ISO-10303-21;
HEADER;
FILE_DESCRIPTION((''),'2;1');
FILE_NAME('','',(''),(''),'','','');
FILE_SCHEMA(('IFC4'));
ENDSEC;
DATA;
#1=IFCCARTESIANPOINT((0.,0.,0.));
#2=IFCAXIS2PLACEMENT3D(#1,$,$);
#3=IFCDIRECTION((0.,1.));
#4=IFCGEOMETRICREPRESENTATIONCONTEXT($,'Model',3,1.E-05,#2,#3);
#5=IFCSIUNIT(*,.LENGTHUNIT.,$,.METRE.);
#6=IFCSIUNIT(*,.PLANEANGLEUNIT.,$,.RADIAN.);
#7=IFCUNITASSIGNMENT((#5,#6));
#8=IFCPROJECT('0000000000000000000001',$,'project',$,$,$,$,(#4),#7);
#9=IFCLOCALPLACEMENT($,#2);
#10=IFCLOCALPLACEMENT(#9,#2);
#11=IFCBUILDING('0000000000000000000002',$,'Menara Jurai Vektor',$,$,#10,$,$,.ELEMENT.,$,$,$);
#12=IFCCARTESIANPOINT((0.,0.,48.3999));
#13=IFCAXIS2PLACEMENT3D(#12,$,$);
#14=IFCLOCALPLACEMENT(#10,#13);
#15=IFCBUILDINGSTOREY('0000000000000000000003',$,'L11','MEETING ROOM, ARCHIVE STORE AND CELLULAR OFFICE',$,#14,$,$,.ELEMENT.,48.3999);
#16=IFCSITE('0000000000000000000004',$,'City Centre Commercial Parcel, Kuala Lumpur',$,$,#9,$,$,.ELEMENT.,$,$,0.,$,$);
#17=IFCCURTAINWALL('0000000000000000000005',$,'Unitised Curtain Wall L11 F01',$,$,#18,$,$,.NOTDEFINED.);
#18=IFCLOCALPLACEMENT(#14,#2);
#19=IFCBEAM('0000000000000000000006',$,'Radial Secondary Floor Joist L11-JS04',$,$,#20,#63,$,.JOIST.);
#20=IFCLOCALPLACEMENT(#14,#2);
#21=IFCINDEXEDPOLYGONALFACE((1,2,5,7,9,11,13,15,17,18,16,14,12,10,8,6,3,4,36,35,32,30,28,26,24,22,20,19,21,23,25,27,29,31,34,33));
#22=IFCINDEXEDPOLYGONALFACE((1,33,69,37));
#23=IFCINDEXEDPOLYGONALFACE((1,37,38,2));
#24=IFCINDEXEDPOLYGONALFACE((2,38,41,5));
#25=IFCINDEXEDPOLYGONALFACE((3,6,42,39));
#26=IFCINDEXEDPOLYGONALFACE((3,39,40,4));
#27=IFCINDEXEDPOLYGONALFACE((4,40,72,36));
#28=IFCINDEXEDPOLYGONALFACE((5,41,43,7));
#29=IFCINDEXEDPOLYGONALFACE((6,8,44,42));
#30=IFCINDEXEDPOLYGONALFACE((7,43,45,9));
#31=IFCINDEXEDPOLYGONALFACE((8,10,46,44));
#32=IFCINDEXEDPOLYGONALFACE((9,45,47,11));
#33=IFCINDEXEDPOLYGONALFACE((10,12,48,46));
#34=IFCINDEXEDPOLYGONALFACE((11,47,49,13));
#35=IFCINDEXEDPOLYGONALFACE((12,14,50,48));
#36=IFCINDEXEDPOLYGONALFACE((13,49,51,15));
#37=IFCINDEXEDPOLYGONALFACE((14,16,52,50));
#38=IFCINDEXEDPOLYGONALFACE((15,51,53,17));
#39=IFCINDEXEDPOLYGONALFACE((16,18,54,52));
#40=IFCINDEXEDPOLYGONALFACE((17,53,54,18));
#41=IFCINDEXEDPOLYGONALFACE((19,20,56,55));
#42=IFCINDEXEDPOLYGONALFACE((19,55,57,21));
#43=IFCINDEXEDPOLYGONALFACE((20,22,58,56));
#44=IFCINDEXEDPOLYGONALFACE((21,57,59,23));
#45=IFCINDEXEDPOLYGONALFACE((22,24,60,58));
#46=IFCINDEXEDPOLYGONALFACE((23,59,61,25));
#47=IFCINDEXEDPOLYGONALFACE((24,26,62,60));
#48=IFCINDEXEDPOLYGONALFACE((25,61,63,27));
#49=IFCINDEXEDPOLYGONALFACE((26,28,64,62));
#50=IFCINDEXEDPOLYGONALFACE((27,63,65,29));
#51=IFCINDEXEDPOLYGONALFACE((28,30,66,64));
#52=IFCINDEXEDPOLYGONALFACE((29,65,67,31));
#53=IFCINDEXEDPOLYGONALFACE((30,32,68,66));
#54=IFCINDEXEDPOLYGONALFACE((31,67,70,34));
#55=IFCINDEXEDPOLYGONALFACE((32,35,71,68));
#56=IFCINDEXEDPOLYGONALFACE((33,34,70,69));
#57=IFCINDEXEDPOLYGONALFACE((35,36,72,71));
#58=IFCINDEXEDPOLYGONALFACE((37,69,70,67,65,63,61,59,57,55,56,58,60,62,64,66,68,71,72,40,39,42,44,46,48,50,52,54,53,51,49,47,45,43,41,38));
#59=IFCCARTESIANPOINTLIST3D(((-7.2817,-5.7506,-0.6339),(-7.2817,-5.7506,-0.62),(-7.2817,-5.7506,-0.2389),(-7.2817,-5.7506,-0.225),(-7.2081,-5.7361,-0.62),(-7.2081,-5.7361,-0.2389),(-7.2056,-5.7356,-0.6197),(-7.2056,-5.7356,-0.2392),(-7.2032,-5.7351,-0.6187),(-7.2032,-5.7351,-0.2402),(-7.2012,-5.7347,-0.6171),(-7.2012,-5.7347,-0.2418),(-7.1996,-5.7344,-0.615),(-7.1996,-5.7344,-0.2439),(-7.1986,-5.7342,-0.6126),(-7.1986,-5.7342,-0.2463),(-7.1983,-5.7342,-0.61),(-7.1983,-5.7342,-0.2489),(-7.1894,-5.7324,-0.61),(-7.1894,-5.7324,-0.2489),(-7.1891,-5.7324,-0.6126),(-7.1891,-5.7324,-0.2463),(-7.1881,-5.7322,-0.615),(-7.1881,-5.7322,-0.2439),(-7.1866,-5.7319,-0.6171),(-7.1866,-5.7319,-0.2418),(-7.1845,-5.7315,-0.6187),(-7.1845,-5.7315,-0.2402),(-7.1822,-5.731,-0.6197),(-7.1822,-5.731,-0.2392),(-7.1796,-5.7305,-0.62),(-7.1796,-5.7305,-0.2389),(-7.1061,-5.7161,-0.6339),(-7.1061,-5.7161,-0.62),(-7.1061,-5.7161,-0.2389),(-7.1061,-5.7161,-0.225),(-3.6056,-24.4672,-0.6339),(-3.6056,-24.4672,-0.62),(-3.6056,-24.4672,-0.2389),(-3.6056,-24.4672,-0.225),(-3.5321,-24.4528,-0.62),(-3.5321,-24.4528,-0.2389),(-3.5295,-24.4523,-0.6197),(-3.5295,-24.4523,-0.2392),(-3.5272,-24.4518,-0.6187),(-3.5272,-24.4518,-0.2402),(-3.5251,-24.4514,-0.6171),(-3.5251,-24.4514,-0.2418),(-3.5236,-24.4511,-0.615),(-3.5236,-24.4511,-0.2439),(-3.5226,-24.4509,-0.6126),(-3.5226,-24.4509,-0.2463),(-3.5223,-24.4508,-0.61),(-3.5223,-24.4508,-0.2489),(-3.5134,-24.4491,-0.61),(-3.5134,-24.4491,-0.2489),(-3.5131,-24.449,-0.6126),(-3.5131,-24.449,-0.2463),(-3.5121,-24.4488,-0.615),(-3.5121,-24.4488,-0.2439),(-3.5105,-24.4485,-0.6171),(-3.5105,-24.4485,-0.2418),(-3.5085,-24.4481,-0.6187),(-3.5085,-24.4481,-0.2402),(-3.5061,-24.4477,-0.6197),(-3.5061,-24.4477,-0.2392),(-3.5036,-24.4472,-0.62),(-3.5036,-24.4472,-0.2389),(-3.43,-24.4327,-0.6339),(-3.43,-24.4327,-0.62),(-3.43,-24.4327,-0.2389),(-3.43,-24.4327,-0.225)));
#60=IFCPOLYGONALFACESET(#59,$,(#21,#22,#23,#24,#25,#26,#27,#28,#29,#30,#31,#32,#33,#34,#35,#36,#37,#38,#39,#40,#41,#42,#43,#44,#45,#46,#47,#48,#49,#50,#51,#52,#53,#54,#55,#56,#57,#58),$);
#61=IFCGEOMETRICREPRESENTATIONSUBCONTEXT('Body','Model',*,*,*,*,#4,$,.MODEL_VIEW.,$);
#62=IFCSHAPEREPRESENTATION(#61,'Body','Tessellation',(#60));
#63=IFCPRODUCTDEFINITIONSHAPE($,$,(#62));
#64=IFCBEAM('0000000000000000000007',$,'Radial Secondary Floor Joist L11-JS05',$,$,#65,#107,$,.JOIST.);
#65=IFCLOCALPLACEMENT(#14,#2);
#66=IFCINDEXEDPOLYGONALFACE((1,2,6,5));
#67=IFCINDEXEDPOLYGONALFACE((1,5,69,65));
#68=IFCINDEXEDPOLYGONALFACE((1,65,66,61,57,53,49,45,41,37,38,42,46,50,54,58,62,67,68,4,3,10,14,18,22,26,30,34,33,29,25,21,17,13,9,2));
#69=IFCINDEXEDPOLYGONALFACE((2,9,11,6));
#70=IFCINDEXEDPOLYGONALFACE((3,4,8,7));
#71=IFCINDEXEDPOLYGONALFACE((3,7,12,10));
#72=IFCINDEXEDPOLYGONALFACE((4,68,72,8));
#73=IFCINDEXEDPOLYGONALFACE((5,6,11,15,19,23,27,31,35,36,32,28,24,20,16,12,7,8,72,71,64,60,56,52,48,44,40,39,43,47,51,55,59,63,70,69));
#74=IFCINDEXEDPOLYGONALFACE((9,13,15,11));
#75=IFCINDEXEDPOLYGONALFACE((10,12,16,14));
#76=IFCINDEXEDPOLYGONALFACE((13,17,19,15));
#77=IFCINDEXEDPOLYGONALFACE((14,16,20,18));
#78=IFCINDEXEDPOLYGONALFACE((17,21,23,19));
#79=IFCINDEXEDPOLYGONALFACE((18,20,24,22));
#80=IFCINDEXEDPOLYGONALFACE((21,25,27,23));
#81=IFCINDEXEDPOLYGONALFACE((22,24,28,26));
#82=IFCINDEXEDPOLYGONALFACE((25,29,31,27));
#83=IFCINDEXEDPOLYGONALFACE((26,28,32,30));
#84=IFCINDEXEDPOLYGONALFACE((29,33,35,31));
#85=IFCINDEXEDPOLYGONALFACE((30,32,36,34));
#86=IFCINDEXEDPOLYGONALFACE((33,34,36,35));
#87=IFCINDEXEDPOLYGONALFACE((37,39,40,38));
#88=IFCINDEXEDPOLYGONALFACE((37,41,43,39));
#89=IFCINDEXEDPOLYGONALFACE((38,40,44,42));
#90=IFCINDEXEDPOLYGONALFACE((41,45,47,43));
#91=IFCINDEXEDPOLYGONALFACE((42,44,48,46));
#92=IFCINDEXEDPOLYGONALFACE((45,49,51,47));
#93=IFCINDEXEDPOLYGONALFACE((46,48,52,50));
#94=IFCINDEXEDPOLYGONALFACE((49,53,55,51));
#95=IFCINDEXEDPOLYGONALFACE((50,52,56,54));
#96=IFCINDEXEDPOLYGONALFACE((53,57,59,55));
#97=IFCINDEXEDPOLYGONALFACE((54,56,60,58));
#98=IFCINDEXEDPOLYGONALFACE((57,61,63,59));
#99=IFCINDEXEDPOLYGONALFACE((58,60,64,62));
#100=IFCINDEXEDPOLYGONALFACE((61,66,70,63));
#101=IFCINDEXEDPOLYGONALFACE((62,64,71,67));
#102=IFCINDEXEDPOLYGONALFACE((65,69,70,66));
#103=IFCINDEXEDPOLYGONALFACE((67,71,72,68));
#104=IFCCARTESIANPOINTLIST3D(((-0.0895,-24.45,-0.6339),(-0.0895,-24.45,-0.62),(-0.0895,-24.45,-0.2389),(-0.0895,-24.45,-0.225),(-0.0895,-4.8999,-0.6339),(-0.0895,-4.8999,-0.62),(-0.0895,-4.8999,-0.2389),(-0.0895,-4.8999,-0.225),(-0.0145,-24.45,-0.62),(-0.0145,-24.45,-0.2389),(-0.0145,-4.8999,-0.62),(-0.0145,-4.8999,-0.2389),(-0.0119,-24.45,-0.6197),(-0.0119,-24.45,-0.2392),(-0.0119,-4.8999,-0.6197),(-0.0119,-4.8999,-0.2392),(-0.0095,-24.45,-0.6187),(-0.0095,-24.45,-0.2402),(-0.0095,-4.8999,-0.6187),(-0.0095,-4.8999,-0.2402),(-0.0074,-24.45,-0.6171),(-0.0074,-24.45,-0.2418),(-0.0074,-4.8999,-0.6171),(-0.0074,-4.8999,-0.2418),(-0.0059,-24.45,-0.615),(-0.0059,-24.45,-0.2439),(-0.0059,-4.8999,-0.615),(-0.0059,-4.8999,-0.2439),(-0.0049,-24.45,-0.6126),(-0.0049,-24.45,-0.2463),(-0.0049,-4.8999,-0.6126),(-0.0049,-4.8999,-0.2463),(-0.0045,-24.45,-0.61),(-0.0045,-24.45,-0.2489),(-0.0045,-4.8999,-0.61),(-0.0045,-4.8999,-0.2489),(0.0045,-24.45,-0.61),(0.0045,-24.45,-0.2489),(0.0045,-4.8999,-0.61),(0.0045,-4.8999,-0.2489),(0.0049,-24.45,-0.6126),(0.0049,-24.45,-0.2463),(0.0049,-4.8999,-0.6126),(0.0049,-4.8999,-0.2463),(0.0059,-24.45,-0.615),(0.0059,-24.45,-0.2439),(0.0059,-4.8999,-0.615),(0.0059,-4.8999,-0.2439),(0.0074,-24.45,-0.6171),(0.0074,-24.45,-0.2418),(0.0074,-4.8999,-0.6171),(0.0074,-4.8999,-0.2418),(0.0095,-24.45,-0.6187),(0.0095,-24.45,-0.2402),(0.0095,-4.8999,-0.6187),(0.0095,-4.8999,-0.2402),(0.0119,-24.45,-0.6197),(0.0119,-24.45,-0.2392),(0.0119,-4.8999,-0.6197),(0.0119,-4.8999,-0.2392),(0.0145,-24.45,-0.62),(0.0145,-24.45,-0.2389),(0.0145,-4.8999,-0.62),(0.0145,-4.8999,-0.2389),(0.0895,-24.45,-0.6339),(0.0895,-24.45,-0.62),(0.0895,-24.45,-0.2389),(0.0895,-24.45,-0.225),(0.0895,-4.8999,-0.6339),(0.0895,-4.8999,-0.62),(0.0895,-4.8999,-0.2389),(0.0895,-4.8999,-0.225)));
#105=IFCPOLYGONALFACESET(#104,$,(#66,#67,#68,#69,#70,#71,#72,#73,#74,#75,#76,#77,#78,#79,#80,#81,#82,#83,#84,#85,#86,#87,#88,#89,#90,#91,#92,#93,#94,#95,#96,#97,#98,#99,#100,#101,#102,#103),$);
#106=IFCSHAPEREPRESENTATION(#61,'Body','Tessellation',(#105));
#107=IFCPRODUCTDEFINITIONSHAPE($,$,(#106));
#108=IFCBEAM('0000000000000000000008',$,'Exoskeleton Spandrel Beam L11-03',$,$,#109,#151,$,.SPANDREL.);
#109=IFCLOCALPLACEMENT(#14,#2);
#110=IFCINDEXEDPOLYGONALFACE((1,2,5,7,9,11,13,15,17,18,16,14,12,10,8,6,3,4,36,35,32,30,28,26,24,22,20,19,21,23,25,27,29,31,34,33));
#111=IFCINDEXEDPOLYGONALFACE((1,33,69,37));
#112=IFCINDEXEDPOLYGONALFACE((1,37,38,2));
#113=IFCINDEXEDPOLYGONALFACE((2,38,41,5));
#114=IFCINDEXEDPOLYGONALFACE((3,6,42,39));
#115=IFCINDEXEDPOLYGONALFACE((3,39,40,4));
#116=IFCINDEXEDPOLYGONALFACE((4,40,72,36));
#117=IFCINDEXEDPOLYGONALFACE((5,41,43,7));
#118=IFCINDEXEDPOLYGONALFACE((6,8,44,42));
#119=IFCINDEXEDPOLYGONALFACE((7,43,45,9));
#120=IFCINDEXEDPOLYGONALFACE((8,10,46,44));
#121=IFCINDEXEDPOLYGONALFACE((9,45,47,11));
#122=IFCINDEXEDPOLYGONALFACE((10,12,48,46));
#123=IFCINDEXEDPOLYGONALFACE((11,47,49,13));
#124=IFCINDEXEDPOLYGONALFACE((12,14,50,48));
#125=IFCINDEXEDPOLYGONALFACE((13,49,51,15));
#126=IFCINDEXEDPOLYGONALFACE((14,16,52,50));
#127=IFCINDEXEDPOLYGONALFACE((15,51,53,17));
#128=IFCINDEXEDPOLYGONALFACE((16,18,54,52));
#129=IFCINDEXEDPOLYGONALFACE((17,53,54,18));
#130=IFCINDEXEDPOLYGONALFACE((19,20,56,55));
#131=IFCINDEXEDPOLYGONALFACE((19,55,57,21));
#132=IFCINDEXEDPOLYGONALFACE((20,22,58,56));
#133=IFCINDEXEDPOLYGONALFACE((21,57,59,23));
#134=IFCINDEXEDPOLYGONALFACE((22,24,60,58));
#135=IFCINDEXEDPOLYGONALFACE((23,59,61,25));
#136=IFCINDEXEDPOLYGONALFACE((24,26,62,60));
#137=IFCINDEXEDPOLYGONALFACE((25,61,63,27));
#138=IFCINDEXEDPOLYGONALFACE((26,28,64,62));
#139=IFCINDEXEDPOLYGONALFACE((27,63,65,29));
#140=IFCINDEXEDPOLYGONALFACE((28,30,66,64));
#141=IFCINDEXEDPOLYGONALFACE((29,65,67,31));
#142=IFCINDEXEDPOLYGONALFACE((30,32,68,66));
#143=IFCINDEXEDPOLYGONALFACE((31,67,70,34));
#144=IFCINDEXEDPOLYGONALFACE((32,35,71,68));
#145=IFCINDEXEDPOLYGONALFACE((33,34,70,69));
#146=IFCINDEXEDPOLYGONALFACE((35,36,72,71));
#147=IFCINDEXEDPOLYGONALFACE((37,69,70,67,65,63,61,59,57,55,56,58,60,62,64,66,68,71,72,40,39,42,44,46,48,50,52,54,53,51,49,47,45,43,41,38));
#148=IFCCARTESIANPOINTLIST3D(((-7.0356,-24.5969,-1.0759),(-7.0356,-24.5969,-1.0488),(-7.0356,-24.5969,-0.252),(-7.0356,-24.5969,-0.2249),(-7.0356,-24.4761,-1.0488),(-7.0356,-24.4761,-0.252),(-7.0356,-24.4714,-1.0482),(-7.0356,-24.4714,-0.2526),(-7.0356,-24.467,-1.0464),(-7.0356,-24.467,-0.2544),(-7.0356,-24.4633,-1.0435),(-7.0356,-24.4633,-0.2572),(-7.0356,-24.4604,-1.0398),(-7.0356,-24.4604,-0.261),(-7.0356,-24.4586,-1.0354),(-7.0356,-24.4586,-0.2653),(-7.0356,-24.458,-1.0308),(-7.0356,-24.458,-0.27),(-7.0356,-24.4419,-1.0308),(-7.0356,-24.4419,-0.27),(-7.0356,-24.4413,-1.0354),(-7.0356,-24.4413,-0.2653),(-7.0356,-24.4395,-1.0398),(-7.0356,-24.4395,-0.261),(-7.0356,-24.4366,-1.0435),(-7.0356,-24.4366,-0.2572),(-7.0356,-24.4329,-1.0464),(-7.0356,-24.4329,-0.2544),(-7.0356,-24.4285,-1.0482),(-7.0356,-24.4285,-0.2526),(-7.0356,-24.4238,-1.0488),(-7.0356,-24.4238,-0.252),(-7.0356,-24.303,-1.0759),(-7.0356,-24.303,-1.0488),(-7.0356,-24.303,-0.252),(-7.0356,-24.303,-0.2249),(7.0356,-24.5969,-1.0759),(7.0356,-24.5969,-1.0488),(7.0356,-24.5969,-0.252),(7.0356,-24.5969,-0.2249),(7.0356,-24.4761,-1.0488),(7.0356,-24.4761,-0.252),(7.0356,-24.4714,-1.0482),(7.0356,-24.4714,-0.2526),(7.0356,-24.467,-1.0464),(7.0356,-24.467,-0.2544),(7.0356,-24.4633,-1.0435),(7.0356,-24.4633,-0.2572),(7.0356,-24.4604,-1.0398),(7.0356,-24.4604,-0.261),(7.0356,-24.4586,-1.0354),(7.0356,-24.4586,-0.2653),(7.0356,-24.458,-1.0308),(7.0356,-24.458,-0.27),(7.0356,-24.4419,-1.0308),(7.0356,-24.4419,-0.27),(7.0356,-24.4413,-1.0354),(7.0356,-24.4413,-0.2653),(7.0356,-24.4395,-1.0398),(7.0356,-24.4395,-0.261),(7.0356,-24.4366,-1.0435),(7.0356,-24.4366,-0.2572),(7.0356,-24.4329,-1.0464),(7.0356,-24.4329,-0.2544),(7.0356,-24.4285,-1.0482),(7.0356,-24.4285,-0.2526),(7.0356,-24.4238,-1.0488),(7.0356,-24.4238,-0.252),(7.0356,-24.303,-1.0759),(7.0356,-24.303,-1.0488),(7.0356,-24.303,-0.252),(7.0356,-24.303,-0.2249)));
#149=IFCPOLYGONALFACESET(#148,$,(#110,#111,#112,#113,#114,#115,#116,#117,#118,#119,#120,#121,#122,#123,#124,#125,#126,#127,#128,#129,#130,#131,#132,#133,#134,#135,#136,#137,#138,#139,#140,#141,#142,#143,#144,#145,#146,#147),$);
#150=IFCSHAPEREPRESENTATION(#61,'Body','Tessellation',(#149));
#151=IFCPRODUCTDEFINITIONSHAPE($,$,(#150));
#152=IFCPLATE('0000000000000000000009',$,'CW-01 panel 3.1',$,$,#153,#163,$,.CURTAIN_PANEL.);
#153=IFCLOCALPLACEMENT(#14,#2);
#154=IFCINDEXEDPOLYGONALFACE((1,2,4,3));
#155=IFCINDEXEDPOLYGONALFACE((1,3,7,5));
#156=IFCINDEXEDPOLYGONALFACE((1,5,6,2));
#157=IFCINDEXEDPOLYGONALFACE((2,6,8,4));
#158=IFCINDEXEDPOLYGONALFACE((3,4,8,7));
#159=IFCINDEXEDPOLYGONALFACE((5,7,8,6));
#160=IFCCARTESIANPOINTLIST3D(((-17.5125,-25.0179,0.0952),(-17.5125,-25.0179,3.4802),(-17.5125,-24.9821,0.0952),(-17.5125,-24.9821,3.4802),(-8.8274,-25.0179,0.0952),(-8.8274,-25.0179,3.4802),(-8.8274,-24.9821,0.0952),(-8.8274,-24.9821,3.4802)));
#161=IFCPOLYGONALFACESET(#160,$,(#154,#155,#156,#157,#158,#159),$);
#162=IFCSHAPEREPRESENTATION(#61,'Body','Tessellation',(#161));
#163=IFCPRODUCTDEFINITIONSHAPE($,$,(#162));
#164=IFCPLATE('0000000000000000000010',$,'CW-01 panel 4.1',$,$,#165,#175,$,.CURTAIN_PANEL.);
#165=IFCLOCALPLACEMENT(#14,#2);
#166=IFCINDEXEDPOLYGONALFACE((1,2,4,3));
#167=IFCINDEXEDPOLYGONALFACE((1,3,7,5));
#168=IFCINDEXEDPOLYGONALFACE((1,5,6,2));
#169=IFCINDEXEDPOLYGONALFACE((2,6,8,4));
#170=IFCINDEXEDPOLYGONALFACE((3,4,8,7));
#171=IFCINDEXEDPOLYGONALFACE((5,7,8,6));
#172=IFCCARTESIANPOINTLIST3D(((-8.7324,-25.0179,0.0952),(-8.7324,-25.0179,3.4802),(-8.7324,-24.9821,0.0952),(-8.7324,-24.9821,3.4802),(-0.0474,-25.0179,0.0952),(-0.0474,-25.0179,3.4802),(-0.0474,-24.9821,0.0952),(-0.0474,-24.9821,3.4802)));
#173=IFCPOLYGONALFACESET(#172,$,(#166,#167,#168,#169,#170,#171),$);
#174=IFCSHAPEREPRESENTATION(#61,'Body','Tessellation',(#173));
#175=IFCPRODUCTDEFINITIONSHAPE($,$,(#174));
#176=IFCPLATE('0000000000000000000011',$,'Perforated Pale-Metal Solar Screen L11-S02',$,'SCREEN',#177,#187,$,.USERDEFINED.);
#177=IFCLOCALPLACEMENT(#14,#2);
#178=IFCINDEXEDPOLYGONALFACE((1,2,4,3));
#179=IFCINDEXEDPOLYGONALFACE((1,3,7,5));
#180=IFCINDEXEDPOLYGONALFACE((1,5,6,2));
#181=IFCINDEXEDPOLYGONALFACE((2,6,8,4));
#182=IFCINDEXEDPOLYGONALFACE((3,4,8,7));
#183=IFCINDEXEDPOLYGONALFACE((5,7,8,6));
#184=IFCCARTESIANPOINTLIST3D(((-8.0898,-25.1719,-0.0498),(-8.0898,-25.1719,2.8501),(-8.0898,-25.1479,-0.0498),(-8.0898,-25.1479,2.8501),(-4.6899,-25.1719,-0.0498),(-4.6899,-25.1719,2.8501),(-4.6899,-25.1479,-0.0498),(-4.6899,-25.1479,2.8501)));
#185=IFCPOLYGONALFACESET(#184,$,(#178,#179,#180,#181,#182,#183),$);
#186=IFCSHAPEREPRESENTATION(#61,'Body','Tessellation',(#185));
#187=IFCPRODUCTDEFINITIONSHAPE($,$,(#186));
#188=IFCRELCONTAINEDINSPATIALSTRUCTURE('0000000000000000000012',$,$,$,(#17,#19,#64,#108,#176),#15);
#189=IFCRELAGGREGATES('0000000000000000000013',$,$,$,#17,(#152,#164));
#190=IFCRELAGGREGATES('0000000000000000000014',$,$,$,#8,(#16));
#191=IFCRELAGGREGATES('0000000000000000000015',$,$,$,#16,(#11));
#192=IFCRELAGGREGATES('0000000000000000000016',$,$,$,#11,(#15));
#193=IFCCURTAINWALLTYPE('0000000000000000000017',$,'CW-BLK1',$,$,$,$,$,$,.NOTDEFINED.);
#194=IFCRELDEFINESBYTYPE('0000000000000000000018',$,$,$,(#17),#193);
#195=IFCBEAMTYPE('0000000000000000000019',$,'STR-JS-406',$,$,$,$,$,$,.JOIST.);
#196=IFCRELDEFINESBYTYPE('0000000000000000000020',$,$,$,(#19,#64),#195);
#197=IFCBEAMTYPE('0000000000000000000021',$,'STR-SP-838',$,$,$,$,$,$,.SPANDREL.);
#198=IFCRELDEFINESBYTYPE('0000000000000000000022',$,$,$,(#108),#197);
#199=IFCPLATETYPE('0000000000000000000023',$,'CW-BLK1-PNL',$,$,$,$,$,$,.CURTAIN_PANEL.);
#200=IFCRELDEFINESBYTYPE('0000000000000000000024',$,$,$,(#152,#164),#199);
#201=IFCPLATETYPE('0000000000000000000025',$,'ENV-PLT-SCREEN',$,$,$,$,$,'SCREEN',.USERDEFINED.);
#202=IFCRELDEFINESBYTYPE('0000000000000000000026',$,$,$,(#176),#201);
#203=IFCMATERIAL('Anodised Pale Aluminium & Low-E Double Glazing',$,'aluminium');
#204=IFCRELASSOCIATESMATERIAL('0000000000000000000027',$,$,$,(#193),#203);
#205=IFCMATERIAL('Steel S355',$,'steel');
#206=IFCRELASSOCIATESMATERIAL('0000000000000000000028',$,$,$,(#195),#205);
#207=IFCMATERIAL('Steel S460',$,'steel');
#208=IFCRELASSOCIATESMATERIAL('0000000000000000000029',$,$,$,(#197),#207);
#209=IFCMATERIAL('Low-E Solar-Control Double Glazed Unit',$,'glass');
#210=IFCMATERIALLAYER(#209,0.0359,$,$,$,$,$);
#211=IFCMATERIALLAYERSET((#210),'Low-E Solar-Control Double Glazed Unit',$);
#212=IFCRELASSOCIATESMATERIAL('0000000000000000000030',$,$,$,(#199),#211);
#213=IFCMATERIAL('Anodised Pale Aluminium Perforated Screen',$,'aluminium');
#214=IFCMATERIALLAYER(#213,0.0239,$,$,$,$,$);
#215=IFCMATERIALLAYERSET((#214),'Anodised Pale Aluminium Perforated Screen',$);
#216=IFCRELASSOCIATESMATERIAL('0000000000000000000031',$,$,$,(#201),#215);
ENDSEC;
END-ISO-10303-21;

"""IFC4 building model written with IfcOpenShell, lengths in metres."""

from ifc_helpers import new_model, si_unit, direction, frame, origin, origin_2d, place, context, subcontext, project, spatial, rectangle, i_section, extrude, material, layer, layer_set, material_profile, profile_set, type_object, element, aggregate, save


model = new_model("IFC4")

# Units and contexts
model_context = context("Model", 3, precision=1e-05, world=origin(), true_north=direction((0.0, 1.0)))
body_context = subcontext(model_context, "Body", "Model", "MODEL_VIEW")
ifc_project = project(units=[si_unit("LENGTHUNIT", "METRE"), si_unit("PLANEANGLEUNIT", "RADIAN")], contexts=[model_context])

# Site, building, storey
site_placement = place(None, origin())
site = spatial("IfcSite", under=ifc_project, at=site_placement, Name="City Centre Commercial Parcel, Kuala Lumpur", CompositionType="ELEMENT", RefElevation=0.0)
building_placement = place(site_placement, origin())
building = spatial("IfcBuilding", under=site, at=building_placement, Name="Menara Jurai Vektor", CompositionType="ELEMENT")
storey_placement = place(building_placement, frame((0.0, 0.0, 48.3999)))
storey = spatial("IfcBuildingStorey", under=building, at=storey_placement, Name="L11", Description="MEETING ROOM, ARCHIVE STORE AND CELLULAR OFFICE", CompositionType="ELEMENT", Elevation=48.3999)

# Shared definitions
ifc_material_1 = material(Name="Steel S460", Category="steel")

# Curtain wall
ifc_material_2 = material(Name="Anodised Pale Aluminium & Low-E Double Glazing", Category="aluminium")
curtain_wall_type = type_object("IfcCurtainWallType", Name="CW-BLK1", PredefinedType="NOTDEFINED", material=ifc_material_2)
curtain_wall_placement = place(storey_placement, origin())
curtain_wall = element("IfcCurtainWall", 1, at=curtain_wall_placement, inside=storey, type_object=curtain_wall_type, Name="Unitised Curtain Wall L11 F01", PredefinedType="NOTDEFINED")

# Beams
ifc_material_3 = material(Name="Steel S355", Category="steel")
ifc_material_profile_1 = material_profile(ifc_material_3, i_section(OverallWidth=0.179, OverallDepth=0.4089, WebThickness=0.009, FlangeThickness=0.0139, FilletRadius=0.01, at=origin_2d()), Name="UKB 406x178x67")
ifc_profile_set_1 = profile_set([ifc_material_profile_1], Name="Steel S355")
beam_type_1 = type_object("IfcBeamType", Name="STR-JS-406", PredefinedType="JOIST", material=ifc_profile_set_1)
beam_1_placement = place(storey_placement, frame((-3.5178, -24.45, -0.4294), z_axis=(-0.192723, 0.981253, 0.0), x_axis=(-0.981253, -0.192723, 0.0)))
element("IfcBeam", 2, at=beam_1_placement, inside=storey, type_object=beam_type_1, Name="Radial Secondary Floor Joist L11-JS04", PredefinedType="JOIST", context=body_context, shape_type="SweptSolid", body=[
    extrude(i_section(OverallWidth=0.179, OverallDepth=0.4089, WebThickness=0.009, FlangeThickness=0.0139, FilletRadius=0.01, at=origin_2d()), origin(), (0.0, 0.0, 1.0), 19.0742),
])
beam_2_placement = place(storey_placement, frame((0.0, -24.45, -0.4294), z_axis=(0.0, 1.0, 0.0), x_axis=(-1.0, 0.0, 0.0)))
element("IfcBeam", 3, at=beam_2_placement, inside=storey, type_object=beam_type_1, Name="Radial Secondary Floor Joist L11-JS05", PredefinedType="JOIST", context=body_context, shape_type="SweptSolid", body=[
    extrude(i_section(OverallWidth=0.179, OverallDepth=0.4089, WebThickness=0.009, FlangeThickness=0.0139, FilletRadius=0.01, at=origin_2d()), origin(), (0.0, 0.0, 1.0), 19.55),
])
ifc_material_profile_2 = material_profile(ifc_material_1, i_section(OverallWidth=0.2939, OverallDepth=0.8511, WebThickness=0.0161, FlangeThickness=0.0271, FilletRadius=0.0181, at=origin_2d()), Name="UKB 838x292x226")
ifc_profile_set_2 = profile_set([ifc_material_profile_2], Name="Steel S460")
beam_type_2 = type_object("IfcBeamType", Name="STR-SP-838", PredefinedType="SPANDREL", material=ifc_profile_set_2)
beam_3_placement = place(storey_placement, frame((-7.0356, -24.45, -0.6504), z_axis=(1.0, 0.0, 0.0), x_axis=(0.0, 1.0, 0.0)))
element("IfcBeam", 4, at=beam_3_placement, inside=storey, type_object=beam_type_2, Name="Exoskeleton Spandrel Beam L11-03", PredefinedType="SPANDREL", context=body_context, shape_type="SweptSolid", body=[
    extrude(i_section(OverallWidth=0.2939, OverallDepth=0.8511, WebThickness=0.0161, FlangeThickness=0.0271, FilletRadius=0.0181, at=origin_2d()), origin(), (0.0, 0.0, 1.0), 14.0713),
])

# Plates
ifc_material_4 = material(Name="Low-E Solar-Control Double Glazed Unit", Category="glass")
ifc_layer_1 = layer(ifc_material_4, 0.0359)
ifc_layer_set_1 = layer_set([ifc_layer_1], Name="Low-E Solar-Control Double Glazed Unit")
plate_type_1 = type_object("IfcPlateType", Name="CW-BLK1-PNL", PredefinedType="CURTAIN_PANEL", material=ifc_layer_set_1)
plate_1_placement = place(storey_placement, frame((-13.1699, -25.0, 0.0952), z_axis=(0.0, 0.0, 1.0), x_axis=(1.0, 0.0, 0.0)))
plate_1 = element("IfcPlate", 5, at=plate_1_placement, type_object=plate_type_1, Name="CW-01 panel 3.1", PredefinedType="CURTAIN_PANEL", context=body_context, shape_type="SweptSolid", body=[
    extrude(rectangle(XDim=8.6851, YDim=0.0359, at=origin_2d()), origin(), (0.0, 0.0, 1.0), 3.385),
])
plate_2_placement = place(storey_placement, frame((-4.3899, -25.0, 0.0952), z_axis=(0.0, 0.0, 1.0), x_axis=(1.0, 0.0, 0.0)))
plate_2 = element("IfcPlate", 6, at=plate_2_placement, type_object=plate_type_1, Name="CW-01 panel 4.1", PredefinedType="CURTAIN_PANEL", context=body_context, shape_type="SweptSolid", body=[
    extrude(rectangle(XDim=8.6851, YDim=0.0359, at=origin_2d()), origin(), (0.0, 0.0, 1.0), 3.385),
])
aggregate(curtain_wall, [plate_1, plate_2])
ifc_material_5 = material(Name="Anodised Pale Aluminium Perforated Screen", Category="aluminium")
ifc_layer_2 = layer(ifc_material_5, 0.0239)
ifc_layer_set_2 = layer_set([ifc_layer_2], Name="Anodised Pale Aluminium Perforated Screen")
plate_type_2 = type_object("IfcPlateType", Name="ENV-PLT-SCREEN", ElementType="SCREEN", PredefinedType="USERDEFINED", material=ifc_layer_set_2)
plate_3_placement = place(storey_placement, frame((-6.3899, -25.1599, -0.0498), z_axis=(0.0, 0.0, 1.0), x_axis=(1.0, 0.0, 0.0)))
element("IfcPlate", 7, at=plate_3_placement, inside=storey, type_object=plate_type_2, Name="Perforated Pale-Metal Solar Screen L11-S02", ObjectType="SCREEN", PredefinedType="USERDEFINED", context=body_context, shape_type="SweptSolid", body=[
    extrude(rectangle(XDim=3.3999, YDim=0.0239, at=origin_2d()), origin(), (0.0, 0.0, 1.0), 2.8999),
])

save(model, "model.ifc")
